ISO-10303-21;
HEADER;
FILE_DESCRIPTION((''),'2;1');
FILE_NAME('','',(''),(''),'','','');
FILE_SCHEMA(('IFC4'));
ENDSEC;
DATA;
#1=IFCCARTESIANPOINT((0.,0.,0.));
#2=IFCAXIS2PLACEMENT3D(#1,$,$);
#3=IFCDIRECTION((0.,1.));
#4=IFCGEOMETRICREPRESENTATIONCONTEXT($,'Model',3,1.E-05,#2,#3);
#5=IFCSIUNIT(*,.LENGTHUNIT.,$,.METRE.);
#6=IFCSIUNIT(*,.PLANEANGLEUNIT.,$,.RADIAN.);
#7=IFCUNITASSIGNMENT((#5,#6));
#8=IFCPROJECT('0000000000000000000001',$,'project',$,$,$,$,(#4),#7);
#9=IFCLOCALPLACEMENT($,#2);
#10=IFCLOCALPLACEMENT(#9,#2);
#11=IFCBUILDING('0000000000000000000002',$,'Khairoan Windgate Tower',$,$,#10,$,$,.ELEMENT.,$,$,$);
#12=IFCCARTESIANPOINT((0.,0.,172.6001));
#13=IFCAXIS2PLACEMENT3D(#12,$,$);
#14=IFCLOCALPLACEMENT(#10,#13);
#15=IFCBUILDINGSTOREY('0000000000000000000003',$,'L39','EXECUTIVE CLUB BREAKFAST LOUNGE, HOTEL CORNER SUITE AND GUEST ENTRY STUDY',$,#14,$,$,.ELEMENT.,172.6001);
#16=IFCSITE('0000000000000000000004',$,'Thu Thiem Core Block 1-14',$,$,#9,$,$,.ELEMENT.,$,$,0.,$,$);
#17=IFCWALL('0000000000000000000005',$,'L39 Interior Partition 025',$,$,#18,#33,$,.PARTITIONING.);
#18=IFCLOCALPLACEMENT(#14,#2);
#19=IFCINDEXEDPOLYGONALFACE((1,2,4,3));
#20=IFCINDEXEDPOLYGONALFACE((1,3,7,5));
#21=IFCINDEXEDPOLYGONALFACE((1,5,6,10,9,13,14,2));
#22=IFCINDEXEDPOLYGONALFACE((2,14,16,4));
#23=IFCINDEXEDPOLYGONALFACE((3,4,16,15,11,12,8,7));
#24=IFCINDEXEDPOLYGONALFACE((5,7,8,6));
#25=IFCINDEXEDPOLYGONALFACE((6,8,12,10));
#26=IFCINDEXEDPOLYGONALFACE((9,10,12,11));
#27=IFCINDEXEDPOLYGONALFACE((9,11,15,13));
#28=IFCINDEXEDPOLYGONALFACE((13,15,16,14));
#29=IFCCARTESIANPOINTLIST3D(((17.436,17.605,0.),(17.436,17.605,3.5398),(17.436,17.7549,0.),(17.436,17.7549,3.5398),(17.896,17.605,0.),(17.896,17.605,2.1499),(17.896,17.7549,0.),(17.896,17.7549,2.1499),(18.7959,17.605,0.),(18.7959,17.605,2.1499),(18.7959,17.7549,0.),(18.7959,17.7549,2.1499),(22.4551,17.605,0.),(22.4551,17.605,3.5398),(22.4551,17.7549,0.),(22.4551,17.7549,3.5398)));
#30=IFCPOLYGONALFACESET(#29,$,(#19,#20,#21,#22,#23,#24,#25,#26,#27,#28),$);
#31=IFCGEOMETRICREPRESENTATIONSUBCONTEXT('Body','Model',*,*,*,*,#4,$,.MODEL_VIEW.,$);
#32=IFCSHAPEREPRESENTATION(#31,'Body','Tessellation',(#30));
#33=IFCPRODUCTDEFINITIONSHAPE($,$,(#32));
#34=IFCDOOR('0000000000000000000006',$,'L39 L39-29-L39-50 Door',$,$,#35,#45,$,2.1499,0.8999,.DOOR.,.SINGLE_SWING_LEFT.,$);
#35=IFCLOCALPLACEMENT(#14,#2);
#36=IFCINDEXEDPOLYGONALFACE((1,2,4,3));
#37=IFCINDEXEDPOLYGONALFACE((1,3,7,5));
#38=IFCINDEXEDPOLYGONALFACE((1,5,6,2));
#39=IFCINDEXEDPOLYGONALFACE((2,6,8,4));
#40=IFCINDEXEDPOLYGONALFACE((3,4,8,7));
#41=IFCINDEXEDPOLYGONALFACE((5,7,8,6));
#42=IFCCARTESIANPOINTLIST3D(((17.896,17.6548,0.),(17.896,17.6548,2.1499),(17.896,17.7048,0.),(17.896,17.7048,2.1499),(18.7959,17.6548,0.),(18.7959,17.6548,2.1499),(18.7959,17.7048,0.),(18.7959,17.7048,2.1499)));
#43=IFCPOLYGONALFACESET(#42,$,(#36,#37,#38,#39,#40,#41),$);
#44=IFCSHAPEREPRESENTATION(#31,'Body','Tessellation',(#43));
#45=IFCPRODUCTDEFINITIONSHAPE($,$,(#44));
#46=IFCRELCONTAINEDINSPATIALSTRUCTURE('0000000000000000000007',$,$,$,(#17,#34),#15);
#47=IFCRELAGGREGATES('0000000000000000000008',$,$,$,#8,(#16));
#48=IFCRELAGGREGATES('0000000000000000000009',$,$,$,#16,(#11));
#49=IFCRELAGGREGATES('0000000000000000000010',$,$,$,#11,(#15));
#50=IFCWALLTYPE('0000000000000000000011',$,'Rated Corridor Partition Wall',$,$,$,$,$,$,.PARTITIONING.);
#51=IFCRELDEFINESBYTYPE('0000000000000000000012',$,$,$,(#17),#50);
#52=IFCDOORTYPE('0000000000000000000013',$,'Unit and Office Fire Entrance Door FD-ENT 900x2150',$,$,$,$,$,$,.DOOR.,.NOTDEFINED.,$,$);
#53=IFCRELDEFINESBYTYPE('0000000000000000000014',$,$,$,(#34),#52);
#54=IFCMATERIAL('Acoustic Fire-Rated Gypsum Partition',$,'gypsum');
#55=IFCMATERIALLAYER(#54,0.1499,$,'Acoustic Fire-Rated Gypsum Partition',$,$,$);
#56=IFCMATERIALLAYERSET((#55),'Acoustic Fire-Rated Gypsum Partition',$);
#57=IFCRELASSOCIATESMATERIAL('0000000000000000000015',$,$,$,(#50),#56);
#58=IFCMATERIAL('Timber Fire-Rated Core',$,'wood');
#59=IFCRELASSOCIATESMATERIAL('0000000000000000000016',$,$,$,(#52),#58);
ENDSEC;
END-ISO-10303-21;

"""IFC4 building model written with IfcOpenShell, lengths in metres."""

from ifc_helpers import new_model, si_unit, direction, frame, frame_2d, origin, place, context, subcontext, project, spatial, rectangle, extrude, material, layer, layer_set, type_object, element, fill, save


model = new_model("IFC4")

# Units and contexts
model_context = context("Model", 3, precision=1e-05, world=origin(), true_north=direction((0.0, 1.0)))
body_context = subcontext(model_context, "Body", "Model", "MODEL_VIEW")
ifc_project = project(units=[si_unit("LENGTHUNIT", "METRE"), si_unit("PLANEANGLEUNIT", "RADIAN")], contexts=[model_context])

# Site, building, storey
site_placement = place(None, origin())
site = spatial("IfcSite", under=ifc_project, at=site_placement, Name="Thu Thiem Core Block 1-14", CompositionType="ELEMENT", RefElevation=0.0)
building_placement = place(site_placement, origin())
building = spatial("IfcBuilding", under=site, at=building_placement, Name="Khairoan Windgate Tower", CompositionType="ELEMENT")
storey_placement = place(building_placement, frame((0.0, 0.0, 172.6001)))
storey = spatial("IfcBuildingStorey", under=building, at=storey_placement, Name="L39", Description="EXECUTIVE CLUB BREAKFAST LOUNGE, HOTEL CORNER SUITE AND GUEST ENTRY STUDY", CompositionType="ELEMENT", Elevation=172.6001)

# Wall, opening, door
ifc_material_1 = material(Name="Acoustic Fire-Rated Gypsum Partition", Category="gypsum")
ifc_layer_1 = layer(ifc_material_1, 0.1499, Name="Acoustic Fire-Rated Gypsum Partition")
ifc_layer_set_1 = layer_set([ifc_layer_1], Name="Acoustic Fire-Rated Gypsum Partition")
wall_type_1 = type_object("IfcWallType", Name="Rated Corridor Partition Wall", PredefinedType="PARTITIONING", material=ifc_layer_set_1)
wall_1_placement = place(storey_placement, frame((17.436, 17.6799, 0.0), z_axis=(0.0, 0.0, 1.0), x_axis=(1.0, 0.0, 0.0)))
wall_1 = element("IfcWall", 1, at=wall_1_placement, inside=storey, type_object=wall_type_1, Name="L39 Interior Partition 025", PredefinedType="PARTITIONING", context=body_context, shape_type="SweptSolid", body=[
    extrude(rectangle(XDim=5.019, YDim=0.1499, at=frame_2d((2.5095, 0.0))), origin(), (0.0, 0.0, 1.0), 3.5398),
])
opening_1_placement = place(wall_1_placement, frame((0.46, 0.0, 0.0)))
opening_1 = element("IfcOpeningElement", 2, at=opening_1_placement, cuts=wall_1, PredefinedType="OPENING", context=body_context, shape_type="SweptSolid", body=[
    extrude(rectangle(XDim=0.8999, YDim=2.1499, at=frame_2d((0.45, 1.075))), frame((0.0, 0.085, 0.0), z_axis=(0.0, -1.0, 0.0), x_axis=(1.0, 0.0, 0.0)), (0.0, 0.0, 1.0), 0.1699),
])
ifc_material_2 = material(Name="Timber Fire-Rated Core", Category="wood")
door_type_1 = type_object("IfcDoorType", Name="Unit and Office Fire Entrance Door FD-ENT 900x2150", OperationType="NOTDEFINED", PredefinedType="DOOR", material=ifc_material_2)
door_1_placement = place(opening_1_placement, origin())
door_1 = element("IfcDoor", 3, at=door_1_placement, inside=storey, type_object=door_type_1, Name="L39 L39-29-L39-50 Door", OperationType="SINGLE_SWING_LEFT", OverallHeight=2.1499, OverallWidth=0.8999, PredefinedType="DOOR", context=body_context, shape_type="SweptSolid", body=[
    extrude(rectangle(XDim=0.8999, YDim=2.1499, at=frame_2d((0.45, 1.075))), frame((0.0, 0.0249, 0.0), z_axis=(0.0, -1.0, 0.0), x_axis=(1.0, 0.0, 0.0)), (0.0, 0.0, 1.0), 0.05),
])
fill(opening_1, door_1)

save(model, "model.ifc")
